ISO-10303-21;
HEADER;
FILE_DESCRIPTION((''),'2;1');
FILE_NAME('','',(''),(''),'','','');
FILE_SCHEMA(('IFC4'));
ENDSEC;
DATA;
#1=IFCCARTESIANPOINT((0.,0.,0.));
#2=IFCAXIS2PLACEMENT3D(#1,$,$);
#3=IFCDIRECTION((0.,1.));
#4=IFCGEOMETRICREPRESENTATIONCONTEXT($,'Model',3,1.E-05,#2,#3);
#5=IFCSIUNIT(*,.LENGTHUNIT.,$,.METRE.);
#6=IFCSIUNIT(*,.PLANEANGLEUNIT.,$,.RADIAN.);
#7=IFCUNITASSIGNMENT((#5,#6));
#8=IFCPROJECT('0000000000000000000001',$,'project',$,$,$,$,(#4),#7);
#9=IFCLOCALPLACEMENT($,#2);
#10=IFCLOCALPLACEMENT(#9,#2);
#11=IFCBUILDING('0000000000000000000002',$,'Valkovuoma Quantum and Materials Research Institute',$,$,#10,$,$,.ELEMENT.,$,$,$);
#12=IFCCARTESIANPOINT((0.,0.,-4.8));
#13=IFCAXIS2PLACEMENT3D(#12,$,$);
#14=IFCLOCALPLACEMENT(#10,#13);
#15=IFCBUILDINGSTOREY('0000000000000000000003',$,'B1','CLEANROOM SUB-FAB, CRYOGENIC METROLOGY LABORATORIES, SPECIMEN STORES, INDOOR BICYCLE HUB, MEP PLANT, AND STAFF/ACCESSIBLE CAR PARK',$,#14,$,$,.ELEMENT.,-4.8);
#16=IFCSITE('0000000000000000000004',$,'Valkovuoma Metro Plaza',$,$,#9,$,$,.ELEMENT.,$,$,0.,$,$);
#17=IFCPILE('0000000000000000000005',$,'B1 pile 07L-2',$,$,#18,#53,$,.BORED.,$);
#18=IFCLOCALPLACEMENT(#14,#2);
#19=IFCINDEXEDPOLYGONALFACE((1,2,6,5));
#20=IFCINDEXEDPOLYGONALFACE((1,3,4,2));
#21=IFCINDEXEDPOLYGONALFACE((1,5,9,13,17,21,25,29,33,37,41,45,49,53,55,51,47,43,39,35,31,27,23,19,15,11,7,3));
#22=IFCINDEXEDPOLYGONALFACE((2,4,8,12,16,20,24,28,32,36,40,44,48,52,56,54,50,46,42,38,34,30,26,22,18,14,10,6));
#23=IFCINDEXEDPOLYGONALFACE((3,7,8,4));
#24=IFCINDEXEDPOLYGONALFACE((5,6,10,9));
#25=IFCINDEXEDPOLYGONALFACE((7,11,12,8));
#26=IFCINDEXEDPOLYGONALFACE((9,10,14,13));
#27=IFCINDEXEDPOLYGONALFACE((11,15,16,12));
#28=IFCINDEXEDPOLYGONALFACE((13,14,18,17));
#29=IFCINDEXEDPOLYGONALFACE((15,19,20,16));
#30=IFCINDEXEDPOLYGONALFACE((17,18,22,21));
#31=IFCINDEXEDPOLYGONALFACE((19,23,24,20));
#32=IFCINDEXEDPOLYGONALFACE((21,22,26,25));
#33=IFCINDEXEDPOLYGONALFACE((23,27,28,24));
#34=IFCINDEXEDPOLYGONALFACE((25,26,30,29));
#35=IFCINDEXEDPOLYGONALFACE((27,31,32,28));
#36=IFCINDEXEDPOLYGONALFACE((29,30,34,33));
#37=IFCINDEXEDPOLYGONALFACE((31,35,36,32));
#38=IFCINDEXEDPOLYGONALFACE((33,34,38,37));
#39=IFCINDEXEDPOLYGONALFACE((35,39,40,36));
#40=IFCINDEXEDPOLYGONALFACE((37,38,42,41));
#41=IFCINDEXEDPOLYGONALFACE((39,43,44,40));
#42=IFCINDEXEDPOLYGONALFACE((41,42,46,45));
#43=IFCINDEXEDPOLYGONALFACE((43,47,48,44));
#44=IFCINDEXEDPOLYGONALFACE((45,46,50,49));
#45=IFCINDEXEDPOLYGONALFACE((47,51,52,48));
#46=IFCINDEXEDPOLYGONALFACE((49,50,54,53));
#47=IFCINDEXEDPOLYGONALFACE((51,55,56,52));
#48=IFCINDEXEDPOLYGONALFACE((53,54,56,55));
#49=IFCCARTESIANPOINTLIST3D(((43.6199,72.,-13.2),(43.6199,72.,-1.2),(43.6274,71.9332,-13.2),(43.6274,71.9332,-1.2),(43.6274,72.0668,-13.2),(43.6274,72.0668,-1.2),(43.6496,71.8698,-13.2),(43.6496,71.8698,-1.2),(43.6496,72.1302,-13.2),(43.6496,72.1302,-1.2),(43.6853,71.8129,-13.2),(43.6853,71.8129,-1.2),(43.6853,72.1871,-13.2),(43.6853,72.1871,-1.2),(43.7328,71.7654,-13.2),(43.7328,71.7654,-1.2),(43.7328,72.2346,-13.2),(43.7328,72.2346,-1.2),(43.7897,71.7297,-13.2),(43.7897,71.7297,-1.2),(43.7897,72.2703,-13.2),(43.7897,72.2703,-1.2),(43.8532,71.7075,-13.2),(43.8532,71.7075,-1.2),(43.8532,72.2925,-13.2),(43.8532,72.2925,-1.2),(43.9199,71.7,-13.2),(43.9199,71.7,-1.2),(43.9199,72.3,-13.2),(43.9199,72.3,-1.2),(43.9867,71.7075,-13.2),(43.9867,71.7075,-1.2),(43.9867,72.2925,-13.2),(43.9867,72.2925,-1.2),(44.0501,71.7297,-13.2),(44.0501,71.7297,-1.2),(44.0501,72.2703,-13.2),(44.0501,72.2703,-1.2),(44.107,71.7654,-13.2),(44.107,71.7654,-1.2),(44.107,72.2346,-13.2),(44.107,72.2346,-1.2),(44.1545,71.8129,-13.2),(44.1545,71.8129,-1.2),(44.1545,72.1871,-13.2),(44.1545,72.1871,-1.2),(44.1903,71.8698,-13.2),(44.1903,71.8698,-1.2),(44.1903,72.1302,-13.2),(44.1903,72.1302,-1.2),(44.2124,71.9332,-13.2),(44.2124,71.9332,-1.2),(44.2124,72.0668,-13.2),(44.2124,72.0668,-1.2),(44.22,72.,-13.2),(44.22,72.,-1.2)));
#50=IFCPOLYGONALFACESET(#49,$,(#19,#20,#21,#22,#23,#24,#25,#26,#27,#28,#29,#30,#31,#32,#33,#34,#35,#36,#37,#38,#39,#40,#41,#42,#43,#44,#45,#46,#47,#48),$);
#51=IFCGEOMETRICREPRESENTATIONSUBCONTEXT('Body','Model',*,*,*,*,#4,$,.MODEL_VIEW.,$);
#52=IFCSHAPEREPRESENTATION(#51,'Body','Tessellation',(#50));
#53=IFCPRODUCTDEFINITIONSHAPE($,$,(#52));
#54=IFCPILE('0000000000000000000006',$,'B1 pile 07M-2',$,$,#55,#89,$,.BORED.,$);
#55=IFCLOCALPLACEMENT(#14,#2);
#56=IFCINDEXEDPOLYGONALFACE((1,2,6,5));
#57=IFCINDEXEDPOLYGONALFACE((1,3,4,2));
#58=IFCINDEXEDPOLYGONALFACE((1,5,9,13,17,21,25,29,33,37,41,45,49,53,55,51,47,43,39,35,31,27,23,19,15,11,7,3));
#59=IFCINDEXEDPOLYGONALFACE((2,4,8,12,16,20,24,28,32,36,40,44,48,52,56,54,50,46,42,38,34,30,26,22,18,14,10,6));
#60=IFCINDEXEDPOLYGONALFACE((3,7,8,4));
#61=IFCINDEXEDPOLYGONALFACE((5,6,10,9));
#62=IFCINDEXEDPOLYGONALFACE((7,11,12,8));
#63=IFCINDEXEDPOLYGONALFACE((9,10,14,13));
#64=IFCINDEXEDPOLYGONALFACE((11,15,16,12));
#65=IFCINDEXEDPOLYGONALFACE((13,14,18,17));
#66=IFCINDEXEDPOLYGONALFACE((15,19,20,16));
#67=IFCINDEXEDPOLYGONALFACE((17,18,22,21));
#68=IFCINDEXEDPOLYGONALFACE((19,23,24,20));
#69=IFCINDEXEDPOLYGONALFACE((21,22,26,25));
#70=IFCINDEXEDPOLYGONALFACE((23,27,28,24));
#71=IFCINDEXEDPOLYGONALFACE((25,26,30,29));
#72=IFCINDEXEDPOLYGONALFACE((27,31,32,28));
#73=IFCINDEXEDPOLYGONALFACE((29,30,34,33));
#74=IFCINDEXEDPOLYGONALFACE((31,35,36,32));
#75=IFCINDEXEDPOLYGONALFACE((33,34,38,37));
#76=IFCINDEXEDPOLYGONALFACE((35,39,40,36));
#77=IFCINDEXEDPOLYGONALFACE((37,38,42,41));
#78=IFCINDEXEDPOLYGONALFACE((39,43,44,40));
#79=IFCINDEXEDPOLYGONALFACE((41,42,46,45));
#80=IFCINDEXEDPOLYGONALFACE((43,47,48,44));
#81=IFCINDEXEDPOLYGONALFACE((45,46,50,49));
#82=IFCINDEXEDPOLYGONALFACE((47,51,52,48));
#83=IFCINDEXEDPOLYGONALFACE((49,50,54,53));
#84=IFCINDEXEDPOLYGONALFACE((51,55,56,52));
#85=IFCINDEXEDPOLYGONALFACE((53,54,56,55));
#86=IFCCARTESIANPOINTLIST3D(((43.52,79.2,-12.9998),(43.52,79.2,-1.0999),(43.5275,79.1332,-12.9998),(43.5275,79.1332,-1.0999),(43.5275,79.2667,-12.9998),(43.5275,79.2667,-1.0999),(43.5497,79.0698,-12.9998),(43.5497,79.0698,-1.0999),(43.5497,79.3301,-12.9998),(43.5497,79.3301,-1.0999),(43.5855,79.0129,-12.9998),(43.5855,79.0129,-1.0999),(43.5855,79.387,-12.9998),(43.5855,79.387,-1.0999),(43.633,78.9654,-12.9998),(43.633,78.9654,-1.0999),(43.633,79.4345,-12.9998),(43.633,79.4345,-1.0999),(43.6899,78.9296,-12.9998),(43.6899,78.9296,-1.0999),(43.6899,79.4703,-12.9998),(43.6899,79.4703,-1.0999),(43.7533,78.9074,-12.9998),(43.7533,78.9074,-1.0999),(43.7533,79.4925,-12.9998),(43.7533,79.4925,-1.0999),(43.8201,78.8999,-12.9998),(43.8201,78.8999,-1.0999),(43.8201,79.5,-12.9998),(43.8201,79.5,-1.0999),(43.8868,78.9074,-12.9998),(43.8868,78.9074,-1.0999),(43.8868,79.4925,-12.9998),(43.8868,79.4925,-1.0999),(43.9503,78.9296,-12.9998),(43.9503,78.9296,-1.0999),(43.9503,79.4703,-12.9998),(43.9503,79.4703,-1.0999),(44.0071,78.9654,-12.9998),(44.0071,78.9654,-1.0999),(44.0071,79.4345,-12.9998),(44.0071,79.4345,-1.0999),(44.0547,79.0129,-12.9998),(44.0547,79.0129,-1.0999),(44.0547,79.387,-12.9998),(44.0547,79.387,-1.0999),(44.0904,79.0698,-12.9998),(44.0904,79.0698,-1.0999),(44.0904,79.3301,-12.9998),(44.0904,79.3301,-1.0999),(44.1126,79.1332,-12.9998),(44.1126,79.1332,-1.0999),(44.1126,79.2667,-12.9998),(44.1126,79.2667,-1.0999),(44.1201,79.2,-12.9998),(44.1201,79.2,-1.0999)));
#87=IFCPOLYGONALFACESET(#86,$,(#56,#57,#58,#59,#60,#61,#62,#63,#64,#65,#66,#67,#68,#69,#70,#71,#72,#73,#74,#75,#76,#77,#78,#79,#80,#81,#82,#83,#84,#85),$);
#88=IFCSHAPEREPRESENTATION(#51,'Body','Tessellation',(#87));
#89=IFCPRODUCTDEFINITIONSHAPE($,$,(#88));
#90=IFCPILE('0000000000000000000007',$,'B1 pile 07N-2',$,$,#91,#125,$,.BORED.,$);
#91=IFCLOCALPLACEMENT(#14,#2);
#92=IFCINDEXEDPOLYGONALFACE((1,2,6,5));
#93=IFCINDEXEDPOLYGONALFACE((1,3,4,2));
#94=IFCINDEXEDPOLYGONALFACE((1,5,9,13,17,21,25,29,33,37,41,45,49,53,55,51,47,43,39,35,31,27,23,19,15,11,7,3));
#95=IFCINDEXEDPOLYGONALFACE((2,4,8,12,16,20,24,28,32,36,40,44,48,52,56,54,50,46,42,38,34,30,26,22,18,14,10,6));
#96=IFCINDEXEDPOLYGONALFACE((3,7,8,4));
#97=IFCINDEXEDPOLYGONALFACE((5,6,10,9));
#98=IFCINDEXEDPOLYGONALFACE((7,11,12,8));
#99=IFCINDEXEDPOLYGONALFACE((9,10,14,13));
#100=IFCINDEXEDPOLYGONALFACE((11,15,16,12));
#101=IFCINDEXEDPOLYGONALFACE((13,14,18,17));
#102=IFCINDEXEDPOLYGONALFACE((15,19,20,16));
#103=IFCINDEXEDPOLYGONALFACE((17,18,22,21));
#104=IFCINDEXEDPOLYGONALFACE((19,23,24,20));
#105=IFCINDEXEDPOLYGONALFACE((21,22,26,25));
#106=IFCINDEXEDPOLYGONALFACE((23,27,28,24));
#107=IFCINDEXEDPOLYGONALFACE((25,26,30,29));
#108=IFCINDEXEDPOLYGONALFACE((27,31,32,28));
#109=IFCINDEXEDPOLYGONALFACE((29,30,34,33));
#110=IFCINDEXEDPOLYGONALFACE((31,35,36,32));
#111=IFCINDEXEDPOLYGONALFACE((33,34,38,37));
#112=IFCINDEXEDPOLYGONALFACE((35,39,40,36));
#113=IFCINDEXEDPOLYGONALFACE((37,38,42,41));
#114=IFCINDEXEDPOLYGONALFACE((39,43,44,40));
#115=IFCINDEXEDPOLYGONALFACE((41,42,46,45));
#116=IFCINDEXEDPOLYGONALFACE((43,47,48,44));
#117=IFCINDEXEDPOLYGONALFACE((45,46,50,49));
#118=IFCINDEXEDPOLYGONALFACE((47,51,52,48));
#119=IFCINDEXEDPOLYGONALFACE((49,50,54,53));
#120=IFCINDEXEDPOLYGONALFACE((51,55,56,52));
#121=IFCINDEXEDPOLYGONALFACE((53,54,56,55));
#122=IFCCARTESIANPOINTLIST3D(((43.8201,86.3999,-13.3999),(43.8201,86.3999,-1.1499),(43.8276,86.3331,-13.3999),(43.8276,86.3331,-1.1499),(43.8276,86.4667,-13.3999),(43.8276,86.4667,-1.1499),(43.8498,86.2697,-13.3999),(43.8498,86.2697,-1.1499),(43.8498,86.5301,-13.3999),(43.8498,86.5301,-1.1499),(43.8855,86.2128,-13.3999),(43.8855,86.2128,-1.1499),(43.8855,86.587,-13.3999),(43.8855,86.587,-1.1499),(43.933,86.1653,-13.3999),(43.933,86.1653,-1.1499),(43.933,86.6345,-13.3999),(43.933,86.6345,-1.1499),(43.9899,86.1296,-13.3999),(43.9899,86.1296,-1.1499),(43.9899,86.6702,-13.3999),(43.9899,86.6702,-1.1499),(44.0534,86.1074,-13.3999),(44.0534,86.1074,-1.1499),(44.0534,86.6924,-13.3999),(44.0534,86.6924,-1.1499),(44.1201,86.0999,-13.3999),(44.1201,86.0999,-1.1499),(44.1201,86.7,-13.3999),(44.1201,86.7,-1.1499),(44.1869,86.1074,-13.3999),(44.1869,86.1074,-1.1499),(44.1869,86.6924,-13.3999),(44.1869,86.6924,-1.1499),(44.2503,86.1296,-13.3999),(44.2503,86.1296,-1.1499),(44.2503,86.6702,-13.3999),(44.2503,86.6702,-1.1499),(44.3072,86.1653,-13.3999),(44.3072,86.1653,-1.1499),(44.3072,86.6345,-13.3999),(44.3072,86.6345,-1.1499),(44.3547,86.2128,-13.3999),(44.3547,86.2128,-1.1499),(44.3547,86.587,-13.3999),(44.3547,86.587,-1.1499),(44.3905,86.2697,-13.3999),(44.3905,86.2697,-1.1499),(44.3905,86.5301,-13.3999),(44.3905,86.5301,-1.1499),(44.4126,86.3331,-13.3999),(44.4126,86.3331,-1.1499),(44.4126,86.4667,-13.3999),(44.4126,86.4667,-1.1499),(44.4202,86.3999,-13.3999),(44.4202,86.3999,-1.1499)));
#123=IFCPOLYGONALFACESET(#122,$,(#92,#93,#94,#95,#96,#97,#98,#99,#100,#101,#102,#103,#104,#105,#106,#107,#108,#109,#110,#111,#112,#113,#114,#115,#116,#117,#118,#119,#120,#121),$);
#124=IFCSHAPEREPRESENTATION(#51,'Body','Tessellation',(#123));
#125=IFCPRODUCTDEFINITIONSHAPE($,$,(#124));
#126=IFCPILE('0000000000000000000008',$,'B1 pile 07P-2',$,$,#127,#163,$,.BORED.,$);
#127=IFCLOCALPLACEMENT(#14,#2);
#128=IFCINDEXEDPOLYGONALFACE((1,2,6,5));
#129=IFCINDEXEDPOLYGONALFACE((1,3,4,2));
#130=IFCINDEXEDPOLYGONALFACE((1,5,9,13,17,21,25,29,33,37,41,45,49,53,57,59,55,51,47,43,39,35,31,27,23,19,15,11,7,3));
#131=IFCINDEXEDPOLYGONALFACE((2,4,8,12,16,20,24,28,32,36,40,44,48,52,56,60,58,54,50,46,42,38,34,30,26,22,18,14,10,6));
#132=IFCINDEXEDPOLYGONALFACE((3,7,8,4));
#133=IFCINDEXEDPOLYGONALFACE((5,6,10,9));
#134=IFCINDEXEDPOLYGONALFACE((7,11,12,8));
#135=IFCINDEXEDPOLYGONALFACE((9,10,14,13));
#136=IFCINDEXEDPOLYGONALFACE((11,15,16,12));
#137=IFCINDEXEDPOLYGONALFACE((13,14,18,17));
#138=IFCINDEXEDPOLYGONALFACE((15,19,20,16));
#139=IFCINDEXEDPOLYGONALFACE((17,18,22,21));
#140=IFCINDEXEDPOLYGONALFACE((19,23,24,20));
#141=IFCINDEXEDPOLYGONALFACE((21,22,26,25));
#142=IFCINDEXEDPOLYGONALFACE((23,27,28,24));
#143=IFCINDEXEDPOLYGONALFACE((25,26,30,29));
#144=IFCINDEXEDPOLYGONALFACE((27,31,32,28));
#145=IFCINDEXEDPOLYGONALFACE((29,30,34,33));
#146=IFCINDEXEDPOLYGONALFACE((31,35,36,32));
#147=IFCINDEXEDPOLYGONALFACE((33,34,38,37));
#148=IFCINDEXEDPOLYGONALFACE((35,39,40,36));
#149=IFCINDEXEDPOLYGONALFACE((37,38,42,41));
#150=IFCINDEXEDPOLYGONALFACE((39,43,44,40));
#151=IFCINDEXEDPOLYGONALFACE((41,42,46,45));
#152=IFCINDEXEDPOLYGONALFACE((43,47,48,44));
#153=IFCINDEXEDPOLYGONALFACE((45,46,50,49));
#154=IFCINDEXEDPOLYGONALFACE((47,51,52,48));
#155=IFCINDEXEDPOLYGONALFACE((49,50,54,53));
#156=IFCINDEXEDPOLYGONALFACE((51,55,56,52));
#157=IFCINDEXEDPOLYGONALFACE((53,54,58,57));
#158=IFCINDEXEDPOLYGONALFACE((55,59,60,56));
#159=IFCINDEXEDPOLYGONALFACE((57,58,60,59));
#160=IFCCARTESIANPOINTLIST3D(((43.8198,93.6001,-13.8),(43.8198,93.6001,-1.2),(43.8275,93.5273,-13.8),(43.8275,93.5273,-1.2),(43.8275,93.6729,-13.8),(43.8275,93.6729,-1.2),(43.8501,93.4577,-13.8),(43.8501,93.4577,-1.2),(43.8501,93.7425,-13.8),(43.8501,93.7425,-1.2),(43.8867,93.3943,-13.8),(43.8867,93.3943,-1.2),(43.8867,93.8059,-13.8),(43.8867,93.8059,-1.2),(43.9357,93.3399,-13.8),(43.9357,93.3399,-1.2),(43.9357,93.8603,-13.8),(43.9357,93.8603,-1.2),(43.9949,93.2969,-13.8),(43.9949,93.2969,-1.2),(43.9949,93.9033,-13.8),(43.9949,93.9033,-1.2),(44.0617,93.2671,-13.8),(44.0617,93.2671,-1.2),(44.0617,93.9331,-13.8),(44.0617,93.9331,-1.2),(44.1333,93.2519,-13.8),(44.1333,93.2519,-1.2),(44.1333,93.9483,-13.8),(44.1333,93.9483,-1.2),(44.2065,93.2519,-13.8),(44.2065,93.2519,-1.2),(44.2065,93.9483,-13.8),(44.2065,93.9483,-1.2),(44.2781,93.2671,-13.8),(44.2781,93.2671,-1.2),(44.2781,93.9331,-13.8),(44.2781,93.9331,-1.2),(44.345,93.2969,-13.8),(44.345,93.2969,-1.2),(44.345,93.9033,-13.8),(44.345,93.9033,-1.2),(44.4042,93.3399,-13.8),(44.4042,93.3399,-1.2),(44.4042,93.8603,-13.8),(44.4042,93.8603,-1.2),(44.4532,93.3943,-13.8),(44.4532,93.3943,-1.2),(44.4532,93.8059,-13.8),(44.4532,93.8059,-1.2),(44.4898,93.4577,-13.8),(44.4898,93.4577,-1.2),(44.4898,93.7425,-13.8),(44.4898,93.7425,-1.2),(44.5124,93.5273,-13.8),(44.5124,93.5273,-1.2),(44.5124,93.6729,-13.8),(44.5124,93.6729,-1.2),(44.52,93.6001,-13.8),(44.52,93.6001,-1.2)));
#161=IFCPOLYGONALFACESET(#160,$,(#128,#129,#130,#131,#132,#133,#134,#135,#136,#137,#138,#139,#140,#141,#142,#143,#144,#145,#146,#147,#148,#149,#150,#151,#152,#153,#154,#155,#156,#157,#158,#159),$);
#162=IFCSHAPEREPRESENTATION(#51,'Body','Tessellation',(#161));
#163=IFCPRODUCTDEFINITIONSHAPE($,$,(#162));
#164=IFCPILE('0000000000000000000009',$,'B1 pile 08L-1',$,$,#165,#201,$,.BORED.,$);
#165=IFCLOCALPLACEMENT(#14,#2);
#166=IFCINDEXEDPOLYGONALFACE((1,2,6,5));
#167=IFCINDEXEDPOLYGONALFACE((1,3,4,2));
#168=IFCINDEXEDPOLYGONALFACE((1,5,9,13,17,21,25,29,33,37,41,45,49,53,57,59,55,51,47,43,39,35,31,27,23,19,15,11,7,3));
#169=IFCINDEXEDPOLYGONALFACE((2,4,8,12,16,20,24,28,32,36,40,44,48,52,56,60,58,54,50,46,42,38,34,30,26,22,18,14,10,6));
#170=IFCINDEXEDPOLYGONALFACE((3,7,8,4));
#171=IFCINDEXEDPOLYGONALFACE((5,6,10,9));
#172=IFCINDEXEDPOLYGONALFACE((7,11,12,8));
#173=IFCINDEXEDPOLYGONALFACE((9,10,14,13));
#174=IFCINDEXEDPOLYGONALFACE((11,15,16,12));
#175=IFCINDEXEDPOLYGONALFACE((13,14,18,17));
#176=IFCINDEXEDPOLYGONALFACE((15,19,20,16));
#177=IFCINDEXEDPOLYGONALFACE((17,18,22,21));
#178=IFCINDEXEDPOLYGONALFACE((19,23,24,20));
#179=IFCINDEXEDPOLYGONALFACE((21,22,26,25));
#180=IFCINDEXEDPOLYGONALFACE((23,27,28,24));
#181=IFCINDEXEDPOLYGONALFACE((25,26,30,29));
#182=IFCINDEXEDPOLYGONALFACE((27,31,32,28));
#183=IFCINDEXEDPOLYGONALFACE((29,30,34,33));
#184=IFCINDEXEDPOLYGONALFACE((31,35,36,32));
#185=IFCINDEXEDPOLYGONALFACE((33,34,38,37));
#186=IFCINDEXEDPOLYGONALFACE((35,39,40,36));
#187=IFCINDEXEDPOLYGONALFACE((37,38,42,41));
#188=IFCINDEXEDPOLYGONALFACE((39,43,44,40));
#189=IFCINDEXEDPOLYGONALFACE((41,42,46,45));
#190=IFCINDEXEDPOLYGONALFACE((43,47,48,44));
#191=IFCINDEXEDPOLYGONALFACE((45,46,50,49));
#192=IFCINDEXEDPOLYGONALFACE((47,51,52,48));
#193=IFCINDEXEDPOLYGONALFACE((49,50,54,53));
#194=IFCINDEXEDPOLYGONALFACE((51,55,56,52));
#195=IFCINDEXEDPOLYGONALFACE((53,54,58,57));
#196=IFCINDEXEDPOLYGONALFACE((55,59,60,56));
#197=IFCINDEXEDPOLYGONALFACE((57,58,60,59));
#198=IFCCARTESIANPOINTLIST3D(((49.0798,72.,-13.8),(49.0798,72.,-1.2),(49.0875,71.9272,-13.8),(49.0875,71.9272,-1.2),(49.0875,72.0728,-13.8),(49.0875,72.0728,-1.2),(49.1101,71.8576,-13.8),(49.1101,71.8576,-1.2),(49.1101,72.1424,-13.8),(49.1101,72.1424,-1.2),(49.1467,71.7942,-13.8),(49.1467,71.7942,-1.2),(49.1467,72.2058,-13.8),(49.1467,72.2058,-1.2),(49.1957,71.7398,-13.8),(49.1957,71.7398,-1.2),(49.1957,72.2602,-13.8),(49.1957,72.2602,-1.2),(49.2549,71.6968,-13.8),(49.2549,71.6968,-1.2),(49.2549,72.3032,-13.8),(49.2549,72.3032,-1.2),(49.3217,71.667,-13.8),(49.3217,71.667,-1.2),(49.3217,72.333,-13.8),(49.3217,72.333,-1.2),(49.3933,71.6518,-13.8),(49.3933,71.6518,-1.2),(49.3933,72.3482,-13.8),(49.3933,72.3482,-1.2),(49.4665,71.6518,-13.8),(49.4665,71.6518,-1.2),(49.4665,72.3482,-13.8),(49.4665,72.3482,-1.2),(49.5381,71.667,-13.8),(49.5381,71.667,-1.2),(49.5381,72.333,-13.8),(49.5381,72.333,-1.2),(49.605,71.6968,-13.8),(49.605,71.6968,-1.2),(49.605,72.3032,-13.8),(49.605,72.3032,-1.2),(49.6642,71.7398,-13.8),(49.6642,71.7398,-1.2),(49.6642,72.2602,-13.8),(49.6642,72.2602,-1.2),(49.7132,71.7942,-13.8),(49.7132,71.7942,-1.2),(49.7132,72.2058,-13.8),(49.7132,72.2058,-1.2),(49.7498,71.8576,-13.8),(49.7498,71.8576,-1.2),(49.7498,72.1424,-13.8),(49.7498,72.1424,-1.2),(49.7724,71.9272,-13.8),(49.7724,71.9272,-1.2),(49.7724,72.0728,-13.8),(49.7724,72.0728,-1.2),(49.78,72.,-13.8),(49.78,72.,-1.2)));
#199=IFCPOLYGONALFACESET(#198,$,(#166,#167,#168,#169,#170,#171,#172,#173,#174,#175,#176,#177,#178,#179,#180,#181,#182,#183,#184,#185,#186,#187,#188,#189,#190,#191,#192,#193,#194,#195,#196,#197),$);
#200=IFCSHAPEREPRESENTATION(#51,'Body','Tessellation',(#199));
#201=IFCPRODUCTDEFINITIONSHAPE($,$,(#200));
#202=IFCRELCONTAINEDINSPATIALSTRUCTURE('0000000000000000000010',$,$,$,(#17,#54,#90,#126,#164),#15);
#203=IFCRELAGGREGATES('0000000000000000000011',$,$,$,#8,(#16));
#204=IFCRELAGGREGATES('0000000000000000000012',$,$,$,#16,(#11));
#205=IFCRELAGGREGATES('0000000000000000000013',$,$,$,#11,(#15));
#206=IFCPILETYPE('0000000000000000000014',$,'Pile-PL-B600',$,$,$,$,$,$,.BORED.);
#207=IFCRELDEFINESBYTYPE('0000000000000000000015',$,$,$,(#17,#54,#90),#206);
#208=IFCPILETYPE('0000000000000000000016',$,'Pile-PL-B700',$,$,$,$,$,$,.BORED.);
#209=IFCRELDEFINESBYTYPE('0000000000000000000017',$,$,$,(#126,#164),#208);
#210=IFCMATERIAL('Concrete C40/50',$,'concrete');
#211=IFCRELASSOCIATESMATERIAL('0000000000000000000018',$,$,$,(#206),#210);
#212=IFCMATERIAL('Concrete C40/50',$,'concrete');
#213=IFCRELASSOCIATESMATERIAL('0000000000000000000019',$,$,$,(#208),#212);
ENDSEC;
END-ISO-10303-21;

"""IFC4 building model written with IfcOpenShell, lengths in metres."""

from ifc_helpers import new_model, si_unit, direction, frame, origin, origin_2d, place, context, subcontext, project, spatial, circle, extrude, material, material_profile, profile_set, type_object, element, save


model = new_model("IFC4")

# Units and contexts
model_context = context("Model", 3, precision=1e-05, world=origin(), true_north=direction((0.0, 1.0)))
body_context = subcontext(model_context, "Body", "Model", "MODEL_VIEW")
ifc_project = project(units=[si_unit("LENGTHUNIT", "METRE"), si_unit("PLANEANGLEUNIT", "RADIAN")], contexts=[model_context])

# Site, building, storey
site_placement = place(None, origin())
site = spatial("IfcSite", under=ifc_project, at=site_placement, Name="Valkovuoma Metro Plaza", CompositionType="ELEMENT", RefElevation=0.0)
building_placement = place(site_placement, origin())
building = spatial("IfcBuilding", under=site, at=building_placement, Name="Valkovuoma Quantum and Materials Research Institute", CompositionType="ELEMENT")
storey_placement = place(building_placement, frame((0.0, 0.0, -4.8)))
storey = spatial("IfcBuildingStorey", under=building, at=storey_placement, Name="B1", Description="CLEANROOM SUB-FAB, CRYOGENIC METROLOGY LABORATORIES, SPECIMEN STORES, INDOOR BICYCLE HUB, MEP PLANT, AND STAFF/ACCESSIBLE CAR PARK", CompositionType="ELEMENT", Elevation=-4.8)

# Piles
ifc_material_1 = material(Name="Concrete C40/50", Category="concrete")
ifc_material_profile_1 = material_profile(ifc_material_1, circle(Radius=0.3, at=origin_2d()), Name="Concrete C40/50")
ifc_profile_set_1 = profile_set([ifc_material_profile_1], Name="Concrete C40/50")
pile_type_1 = type_object("IfcPileType", Name="Pile-PL-B600", PredefinedType="BORED", material=ifc_profile_set_1)
pile_1_placement = place(storey_placement, frame((43.9199, 72.0, -1.2), z_axis=(0.0, 0.0, -1.0), x_axis=(1.0, 0.0, 0.0)))
element("IfcPile", 1, at=pile_1_placement, inside=storey, type_object=pile_type_1, Name="B1 pile 07L-2", PredefinedType="BORED", context=body_context, shape_type="SweptSolid", body=[
    extrude(circle(Radius=0.3, at=origin_2d()), origin(), (0.0, 0.0, 1.0), 12.0),
])
pile_2_placement = place(storey_placement, frame((43.8201, 79.2, -1.0999), z_axis=(0.0, 0.0, -1.0), x_axis=(1.0, 0.0, 0.0)))
element("IfcPile", 2, at=pile_2_placement, inside=storey, type_object=pile_type_1, Name="B1 pile 07M-2", PredefinedType="BORED", context=body_context, shape_type="SweptSolid", body=[
    extrude(circle(Radius=0.3, at=origin_2d()), origin(), (0.0, 0.0, 1.0), 11.8999),
])
pile_3_placement = place(storey_placement, frame((44.1201, 86.3999, -1.1499), z_axis=(0.0, 0.0, -1.0), x_axis=(1.0, 0.0, 0.0)))
element("IfcPile", 3, at=pile_3_placement, inside=storey, type_object=pile_type_1, Name="B1 pile 07N-2", PredefinedType="BORED", context=body_context, shape_type="SweptSolid", body=[
    extrude(circle(Radius=0.3, at=origin_2d()), origin(), (0.0, 0.0, 1.0), 12.25),
])
ifc_material_2 = material(Name="Concrete C40/50", Category="concrete")
ifc_material_profile_2 = material_profile(ifc_material_2, circle(Radius=0.3501, at=origin_2d()), Name="Concrete C40/50")
ifc_profile_set_2 = profile_set([ifc_material_profile_2], Name="Concrete C40/50")
pile_type_2 = type_object("IfcPileType", Name="Pile-PL-B700", PredefinedType="BORED", material=ifc_profile_set_2)
for number, where, z_axis, x_axis, name in (
    (4, (44.1699, 93.6001, -1.2), (0.0, 0.0, -1.0), (1.0, 0.0, 0.0), "B1 pile 07P-2"),
    (5, (49.4299, 72.0, -1.2), (0.0, 0.0, -1.0), (1.0, 0.0, 0.0), "B1 pile 08L-1"),
):
    element("IfcPile", number, at=place(storey_placement, frame(where, z_axis=z_axis, x_axis=x_axis)), inside=storey, type_object=pile_type_2, Name=name, PredefinedType="BORED", context=body_context, shape_type="SweptSolid", body=[
        extrude(circle(Radius=0.3501, at=origin_2d()), origin(), (0.0, 0.0, 1.0), 12.6001),
    ])

save(model, "model.ifc")
